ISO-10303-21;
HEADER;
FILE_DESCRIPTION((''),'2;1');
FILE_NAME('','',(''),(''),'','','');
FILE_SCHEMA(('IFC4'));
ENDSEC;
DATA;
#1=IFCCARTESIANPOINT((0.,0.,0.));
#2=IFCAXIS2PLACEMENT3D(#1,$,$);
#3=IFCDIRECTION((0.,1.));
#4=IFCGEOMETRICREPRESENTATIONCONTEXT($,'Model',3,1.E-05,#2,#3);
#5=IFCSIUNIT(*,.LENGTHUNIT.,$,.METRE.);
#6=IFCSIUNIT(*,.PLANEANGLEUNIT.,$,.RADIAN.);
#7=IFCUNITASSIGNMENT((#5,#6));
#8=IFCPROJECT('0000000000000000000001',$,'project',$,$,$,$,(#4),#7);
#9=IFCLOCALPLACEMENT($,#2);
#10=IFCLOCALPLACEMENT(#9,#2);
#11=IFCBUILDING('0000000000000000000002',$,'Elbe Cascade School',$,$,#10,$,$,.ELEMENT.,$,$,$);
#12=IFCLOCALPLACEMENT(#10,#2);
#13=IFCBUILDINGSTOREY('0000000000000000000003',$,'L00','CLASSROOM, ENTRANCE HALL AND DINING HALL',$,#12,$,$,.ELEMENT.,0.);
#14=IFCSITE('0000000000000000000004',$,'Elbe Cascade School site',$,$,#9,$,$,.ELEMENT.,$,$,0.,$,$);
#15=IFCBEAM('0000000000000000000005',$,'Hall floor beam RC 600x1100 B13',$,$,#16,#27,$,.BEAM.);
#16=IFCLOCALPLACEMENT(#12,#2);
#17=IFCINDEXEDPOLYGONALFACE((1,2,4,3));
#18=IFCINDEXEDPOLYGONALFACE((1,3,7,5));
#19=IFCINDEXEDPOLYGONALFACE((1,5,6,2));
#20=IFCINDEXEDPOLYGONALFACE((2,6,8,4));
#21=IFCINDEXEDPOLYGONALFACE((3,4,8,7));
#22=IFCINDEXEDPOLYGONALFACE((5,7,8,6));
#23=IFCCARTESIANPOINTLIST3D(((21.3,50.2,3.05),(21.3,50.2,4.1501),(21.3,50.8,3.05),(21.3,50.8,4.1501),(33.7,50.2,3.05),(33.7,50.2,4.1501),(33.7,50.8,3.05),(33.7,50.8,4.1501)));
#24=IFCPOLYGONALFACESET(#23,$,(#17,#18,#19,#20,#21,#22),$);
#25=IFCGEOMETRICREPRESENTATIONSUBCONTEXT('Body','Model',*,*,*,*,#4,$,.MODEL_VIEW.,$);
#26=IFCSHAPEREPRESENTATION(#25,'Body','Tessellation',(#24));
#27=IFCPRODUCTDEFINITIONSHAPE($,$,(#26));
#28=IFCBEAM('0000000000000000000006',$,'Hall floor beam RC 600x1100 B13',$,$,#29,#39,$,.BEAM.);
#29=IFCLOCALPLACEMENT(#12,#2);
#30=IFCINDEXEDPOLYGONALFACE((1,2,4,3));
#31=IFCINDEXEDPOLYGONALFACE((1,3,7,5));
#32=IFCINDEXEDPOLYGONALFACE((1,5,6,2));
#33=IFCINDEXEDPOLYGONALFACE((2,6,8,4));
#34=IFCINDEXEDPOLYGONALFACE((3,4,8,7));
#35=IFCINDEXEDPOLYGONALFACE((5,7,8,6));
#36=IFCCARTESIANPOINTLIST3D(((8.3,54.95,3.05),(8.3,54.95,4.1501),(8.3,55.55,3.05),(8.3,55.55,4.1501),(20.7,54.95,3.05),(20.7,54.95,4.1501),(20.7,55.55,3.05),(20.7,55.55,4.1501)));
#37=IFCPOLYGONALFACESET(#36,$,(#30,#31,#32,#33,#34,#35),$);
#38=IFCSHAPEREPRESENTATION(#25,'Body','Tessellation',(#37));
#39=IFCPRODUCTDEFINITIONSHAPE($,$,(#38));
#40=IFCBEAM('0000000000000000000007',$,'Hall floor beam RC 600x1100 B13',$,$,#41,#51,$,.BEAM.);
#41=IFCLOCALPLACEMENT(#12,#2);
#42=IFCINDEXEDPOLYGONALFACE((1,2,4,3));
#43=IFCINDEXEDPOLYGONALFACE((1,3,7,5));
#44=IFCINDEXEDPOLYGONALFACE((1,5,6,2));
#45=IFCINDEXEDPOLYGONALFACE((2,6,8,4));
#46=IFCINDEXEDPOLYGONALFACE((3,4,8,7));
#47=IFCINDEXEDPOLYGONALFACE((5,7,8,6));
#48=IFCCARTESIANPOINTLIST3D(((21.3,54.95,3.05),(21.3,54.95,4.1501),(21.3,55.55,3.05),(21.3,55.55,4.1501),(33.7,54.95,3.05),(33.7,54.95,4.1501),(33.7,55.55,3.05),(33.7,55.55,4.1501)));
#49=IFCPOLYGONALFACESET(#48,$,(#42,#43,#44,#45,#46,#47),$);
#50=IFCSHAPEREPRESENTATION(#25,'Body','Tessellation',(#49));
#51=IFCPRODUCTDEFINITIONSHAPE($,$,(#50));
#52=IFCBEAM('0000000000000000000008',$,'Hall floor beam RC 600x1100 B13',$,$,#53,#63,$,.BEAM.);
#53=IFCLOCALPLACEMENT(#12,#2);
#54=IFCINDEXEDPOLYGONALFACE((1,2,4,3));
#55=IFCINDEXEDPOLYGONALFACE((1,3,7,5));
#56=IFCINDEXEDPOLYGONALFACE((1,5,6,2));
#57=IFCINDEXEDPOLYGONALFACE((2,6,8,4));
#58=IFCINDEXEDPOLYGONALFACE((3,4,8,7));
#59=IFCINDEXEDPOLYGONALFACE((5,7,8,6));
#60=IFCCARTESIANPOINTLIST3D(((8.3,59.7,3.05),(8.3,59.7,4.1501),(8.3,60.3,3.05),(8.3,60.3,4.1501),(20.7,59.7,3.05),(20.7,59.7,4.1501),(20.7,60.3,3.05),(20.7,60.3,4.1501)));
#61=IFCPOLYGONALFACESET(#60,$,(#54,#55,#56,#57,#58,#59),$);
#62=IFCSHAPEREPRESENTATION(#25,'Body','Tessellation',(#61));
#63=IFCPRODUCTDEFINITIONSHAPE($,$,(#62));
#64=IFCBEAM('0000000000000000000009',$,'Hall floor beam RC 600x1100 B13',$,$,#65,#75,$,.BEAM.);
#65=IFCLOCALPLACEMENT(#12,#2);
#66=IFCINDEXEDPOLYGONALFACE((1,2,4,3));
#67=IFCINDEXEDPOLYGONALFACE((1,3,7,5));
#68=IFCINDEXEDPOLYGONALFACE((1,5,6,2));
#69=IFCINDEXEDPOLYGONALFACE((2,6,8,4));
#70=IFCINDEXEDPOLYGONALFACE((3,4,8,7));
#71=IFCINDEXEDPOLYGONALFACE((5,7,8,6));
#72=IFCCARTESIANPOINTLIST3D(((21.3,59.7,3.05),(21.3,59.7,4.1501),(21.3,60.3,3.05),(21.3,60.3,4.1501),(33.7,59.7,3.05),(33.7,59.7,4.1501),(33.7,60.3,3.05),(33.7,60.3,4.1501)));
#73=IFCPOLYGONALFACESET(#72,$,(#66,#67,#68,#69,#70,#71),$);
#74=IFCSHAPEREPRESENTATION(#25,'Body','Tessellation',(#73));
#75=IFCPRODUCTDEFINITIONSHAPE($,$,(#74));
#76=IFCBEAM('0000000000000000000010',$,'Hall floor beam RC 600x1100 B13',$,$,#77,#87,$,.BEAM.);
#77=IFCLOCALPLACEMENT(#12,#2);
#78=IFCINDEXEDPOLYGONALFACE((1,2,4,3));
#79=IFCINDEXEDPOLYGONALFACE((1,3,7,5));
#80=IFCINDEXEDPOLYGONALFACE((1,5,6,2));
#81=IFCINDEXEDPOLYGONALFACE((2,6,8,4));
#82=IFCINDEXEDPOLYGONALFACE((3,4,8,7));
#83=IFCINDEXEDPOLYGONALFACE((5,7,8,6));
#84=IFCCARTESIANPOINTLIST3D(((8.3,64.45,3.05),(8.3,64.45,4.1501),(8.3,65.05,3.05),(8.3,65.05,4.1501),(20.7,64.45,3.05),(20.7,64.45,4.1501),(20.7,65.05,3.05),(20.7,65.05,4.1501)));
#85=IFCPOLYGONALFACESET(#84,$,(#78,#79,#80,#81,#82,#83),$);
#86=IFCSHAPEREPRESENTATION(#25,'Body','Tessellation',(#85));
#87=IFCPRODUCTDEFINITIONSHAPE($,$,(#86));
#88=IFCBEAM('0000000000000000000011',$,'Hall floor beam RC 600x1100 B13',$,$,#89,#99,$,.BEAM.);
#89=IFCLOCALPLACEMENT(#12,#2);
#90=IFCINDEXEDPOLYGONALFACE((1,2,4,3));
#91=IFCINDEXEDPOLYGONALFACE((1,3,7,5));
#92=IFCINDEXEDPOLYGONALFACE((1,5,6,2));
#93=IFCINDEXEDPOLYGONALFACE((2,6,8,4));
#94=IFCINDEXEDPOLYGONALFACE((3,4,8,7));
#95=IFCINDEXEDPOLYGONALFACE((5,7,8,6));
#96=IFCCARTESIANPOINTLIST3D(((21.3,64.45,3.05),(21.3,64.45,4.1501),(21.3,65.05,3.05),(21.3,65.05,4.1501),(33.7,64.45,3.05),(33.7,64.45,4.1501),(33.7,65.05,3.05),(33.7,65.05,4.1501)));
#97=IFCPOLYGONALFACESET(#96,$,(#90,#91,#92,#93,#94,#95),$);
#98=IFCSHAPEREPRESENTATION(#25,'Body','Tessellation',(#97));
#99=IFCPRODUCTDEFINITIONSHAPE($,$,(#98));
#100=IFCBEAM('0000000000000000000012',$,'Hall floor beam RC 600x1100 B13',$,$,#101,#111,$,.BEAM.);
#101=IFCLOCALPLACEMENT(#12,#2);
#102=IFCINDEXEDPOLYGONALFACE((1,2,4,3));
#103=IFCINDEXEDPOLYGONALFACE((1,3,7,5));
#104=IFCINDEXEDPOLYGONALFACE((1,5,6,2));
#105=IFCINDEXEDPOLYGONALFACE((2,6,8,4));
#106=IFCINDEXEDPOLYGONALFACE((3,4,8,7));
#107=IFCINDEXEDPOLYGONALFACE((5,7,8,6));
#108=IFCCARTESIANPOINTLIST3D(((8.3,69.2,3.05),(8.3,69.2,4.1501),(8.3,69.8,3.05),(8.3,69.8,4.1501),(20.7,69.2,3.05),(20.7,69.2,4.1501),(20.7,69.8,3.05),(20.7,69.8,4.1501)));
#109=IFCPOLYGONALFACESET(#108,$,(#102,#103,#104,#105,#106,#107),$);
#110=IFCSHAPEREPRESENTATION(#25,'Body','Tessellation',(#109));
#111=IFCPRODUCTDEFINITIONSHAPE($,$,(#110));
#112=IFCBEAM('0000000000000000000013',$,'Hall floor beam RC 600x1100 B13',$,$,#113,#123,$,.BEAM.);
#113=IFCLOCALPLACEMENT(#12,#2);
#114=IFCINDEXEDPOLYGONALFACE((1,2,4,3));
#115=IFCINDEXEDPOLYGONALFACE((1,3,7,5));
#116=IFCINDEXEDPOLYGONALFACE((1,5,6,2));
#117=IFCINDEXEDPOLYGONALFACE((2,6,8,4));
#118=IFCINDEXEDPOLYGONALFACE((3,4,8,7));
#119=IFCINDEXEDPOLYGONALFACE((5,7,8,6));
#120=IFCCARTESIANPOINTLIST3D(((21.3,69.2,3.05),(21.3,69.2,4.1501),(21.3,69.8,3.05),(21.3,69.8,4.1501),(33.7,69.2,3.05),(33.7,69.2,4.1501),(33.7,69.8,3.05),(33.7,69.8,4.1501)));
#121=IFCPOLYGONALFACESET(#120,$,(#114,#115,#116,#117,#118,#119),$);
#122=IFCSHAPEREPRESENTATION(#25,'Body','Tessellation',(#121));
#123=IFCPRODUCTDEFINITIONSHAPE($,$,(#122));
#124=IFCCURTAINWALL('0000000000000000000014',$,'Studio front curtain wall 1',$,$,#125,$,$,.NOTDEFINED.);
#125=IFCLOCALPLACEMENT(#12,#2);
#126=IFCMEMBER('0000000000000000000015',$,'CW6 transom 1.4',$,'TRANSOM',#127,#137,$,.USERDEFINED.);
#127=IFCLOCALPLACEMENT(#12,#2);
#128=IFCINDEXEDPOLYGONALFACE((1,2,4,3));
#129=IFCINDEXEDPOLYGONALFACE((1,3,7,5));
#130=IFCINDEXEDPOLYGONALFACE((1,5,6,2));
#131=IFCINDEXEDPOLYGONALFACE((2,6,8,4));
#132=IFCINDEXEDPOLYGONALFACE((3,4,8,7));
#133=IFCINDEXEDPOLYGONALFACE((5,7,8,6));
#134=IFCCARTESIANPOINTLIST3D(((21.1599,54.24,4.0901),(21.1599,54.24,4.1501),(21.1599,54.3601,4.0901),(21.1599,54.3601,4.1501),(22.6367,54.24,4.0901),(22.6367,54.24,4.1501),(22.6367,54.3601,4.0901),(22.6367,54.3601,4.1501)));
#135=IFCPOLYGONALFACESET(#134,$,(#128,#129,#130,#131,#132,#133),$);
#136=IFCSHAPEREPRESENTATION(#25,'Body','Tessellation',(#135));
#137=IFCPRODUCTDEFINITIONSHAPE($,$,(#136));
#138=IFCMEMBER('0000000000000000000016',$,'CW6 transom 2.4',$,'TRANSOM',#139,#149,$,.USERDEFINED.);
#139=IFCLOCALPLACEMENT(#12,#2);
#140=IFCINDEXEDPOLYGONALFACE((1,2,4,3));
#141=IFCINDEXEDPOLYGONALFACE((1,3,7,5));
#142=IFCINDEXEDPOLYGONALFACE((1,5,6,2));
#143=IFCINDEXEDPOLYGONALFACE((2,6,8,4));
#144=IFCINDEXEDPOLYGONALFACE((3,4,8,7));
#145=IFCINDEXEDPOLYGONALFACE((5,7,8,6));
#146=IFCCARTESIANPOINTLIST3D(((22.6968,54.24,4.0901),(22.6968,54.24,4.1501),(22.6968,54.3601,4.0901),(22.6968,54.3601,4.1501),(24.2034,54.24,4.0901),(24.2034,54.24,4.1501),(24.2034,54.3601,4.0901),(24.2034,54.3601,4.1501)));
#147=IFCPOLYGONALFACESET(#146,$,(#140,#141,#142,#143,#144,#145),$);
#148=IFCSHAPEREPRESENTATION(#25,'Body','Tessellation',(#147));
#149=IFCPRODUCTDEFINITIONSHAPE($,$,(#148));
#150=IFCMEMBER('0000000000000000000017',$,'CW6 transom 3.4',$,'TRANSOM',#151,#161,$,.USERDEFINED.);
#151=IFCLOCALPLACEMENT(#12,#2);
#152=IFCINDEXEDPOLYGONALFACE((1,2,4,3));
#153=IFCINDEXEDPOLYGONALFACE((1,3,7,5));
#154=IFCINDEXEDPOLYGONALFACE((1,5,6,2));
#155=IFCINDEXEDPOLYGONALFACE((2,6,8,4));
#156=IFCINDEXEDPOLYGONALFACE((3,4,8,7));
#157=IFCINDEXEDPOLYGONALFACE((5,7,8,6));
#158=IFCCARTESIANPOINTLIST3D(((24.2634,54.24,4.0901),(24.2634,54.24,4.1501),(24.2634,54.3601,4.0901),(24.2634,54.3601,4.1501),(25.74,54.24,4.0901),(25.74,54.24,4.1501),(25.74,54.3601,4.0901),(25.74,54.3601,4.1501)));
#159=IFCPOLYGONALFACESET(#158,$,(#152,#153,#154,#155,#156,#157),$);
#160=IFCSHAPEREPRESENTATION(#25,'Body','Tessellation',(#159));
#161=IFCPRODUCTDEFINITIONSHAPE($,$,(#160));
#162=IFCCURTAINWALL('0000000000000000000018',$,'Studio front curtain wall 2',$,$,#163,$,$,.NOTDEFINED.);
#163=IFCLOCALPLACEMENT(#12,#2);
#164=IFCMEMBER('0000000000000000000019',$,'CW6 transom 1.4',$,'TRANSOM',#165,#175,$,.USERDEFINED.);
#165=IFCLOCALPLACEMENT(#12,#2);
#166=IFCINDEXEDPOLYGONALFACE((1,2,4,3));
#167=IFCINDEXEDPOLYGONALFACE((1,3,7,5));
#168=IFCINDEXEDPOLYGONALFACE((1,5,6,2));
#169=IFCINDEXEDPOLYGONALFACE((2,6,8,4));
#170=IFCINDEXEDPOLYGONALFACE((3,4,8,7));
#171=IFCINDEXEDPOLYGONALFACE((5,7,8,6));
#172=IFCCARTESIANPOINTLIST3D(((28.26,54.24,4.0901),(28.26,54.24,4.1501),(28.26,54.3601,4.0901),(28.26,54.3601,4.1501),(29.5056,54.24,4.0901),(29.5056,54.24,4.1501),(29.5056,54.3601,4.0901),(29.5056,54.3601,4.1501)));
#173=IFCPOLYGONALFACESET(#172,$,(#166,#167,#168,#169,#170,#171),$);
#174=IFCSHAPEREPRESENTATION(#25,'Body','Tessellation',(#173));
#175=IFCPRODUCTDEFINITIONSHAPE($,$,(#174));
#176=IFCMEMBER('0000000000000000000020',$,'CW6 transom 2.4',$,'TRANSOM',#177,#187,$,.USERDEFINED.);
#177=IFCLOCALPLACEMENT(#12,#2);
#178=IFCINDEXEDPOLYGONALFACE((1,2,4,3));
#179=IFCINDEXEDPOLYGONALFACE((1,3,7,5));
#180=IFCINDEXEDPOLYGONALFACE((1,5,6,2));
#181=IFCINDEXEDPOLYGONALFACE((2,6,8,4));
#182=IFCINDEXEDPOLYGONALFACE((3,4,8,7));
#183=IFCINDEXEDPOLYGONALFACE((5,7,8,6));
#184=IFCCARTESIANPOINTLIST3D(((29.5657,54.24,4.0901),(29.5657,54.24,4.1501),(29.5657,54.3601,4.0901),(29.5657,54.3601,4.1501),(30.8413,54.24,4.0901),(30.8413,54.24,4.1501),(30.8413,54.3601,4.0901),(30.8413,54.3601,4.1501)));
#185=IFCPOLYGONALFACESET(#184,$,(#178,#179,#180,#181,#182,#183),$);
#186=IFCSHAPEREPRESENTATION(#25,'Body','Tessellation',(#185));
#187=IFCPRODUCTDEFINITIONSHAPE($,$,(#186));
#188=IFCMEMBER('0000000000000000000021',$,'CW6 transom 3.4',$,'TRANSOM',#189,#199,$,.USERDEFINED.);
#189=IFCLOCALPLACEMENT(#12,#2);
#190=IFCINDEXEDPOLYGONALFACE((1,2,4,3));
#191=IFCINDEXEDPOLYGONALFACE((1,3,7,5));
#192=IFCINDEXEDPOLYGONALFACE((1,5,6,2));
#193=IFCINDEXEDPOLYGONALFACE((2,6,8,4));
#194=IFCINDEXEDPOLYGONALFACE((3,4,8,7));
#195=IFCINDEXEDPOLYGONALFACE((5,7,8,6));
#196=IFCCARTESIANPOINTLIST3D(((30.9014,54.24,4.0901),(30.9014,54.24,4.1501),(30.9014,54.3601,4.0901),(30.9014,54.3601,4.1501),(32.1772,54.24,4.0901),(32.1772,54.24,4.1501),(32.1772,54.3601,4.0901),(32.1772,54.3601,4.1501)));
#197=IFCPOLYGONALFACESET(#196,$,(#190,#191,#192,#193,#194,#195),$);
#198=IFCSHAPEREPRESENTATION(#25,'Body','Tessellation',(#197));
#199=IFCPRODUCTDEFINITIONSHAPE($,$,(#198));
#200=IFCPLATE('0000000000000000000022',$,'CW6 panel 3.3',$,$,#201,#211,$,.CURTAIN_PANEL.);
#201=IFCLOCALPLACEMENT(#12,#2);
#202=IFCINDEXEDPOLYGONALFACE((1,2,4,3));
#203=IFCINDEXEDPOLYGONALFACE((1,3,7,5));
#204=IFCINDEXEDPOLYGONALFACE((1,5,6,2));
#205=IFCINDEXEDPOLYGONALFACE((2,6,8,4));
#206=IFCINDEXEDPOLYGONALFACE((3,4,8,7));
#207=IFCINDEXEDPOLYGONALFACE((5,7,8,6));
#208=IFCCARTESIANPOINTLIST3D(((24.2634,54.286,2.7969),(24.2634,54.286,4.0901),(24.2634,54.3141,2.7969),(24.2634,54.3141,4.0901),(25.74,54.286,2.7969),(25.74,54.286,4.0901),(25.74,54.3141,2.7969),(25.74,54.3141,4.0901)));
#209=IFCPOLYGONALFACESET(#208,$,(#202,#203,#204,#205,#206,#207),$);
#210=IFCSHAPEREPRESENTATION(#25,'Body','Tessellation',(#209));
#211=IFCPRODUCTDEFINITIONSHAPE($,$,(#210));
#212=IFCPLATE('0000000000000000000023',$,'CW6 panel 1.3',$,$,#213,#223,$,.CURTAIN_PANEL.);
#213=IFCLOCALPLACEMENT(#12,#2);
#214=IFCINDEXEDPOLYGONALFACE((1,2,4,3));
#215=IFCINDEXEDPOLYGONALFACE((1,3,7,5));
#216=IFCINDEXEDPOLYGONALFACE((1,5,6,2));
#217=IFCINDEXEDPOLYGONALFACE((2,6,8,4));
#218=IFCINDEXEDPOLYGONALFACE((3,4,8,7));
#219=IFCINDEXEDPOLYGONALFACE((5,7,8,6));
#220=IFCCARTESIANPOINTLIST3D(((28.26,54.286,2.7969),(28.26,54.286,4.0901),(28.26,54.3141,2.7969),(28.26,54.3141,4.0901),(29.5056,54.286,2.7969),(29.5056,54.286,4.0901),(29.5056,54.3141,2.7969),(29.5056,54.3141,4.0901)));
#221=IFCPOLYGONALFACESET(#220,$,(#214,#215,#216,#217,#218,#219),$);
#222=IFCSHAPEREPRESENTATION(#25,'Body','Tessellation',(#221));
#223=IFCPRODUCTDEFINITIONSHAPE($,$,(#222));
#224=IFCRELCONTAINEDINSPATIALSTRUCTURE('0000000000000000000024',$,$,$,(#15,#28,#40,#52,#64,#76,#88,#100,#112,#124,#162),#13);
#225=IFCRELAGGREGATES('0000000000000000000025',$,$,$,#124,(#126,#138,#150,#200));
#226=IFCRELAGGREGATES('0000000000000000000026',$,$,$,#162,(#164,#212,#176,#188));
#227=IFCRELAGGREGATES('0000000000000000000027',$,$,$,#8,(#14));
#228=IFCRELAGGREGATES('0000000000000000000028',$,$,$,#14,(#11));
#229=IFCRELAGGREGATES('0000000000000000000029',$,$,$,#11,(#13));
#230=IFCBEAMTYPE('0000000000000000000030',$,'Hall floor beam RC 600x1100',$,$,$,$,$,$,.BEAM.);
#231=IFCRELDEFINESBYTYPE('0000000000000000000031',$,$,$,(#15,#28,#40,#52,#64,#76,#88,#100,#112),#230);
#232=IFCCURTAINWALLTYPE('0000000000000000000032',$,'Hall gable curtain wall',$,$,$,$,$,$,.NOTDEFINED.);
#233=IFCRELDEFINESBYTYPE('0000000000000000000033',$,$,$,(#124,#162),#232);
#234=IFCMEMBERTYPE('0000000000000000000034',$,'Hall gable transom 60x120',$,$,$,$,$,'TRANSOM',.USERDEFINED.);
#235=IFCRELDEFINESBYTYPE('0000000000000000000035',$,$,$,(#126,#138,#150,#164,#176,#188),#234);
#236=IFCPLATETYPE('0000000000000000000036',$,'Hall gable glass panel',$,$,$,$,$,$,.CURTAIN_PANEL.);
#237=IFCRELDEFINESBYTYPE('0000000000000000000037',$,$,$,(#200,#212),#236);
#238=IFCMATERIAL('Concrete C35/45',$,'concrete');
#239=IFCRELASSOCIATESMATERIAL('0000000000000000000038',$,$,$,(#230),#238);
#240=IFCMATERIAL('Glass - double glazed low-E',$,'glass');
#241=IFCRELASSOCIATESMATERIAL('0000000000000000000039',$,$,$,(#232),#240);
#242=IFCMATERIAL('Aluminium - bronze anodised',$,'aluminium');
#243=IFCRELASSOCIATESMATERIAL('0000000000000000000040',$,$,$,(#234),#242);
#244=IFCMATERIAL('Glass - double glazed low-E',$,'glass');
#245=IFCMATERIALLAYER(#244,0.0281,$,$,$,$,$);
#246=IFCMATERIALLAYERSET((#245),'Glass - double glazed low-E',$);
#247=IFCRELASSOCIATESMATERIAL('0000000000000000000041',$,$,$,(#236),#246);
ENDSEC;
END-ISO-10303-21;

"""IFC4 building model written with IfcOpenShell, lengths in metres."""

from ifc_helpers import new_model, si_unit, direction, frame, origin, origin_2d, place, context, subcontext, project, spatial, rectangle, extrude, material, layer, layer_set, material_profile, profile_set, type_object, element, aggregate, save


model = new_model("IFC4")

# Units and contexts
model_context = context("Model", 3, precision=1e-05, world=origin(), true_north=direction((0.0, 1.0)))
body_context = subcontext(model_context, "Body", "Model", "MODEL_VIEW")
ifc_project = project(units=[si_unit("LENGTHUNIT", "METRE"), si_unit("PLANEANGLEUNIT", "RADIAN")], contexts=[model_context])

# Site, building, storey
site_placement = place(None, origin())
site = spatial("IfcSite", under=ifc_project, at=site_placement, Name="Elbe Cascade School site", CompositionType="ELEMENT", RefElevation=0.0)
building_placement = place(site_placement, origin())
building = spatial("IfcBuilding", under=site, at=building_placement, Name="Elbe Cascade School", CompositionType="ELEMENT")
storey_placement = place(building_placement, origin())
storey = spatial("IfcBuildingStorey", under=building, at=storey_placement, Name="L00", Description="CLASSROOM, ENTRANCE HALL AND DINING HALL", CompositionType="ELEMENT", Elevation=0.0)

# Beams
ifc_material_1 = material(Name="Concrete C35/45", Category="concrete")
ifc_material_profile_1 = material_profile(ifc_material_1, rectangle(XDim=0.6001, YDim=1.1001, at=origin_2d()), Name="RC 600x1100")
ifc_profile_set_1 = profile_set([ifc_material_profile_1], Name="Concrete C35/45")
beam_type = type_object("IfcBeamType", Name="Hall floor beam RC 600x1100", PredefinedType="BEAM", material=ifc_profile_set_1)
for number, where, z_axis, x_axis, name in (
    (1, (21.3, 50.5, 3.6001), (1.0, 0.0, 0.0), (0.0, 1.0, 0.0), "Hall floor beam RC 600x1100 B13"),
    (2, (8.3, 55.25, 3.6001), (1.0, 0.0, 0.0), (0.0, 1.0, 0.0), "Hall floor beam RC 600x1100 B13"),
    (3, (21.3, 55.25, 3.6001), (1.0, 0.0, 0.0), (0.0, 1.0, 0.0), "Hall floor beam RC 600x1100 B13"),
    (4, (8.3, 60.0, 3.6001), (1.0, 0.0, 0.0), (0.0, 1.0, 0.0), "Hall floor beam RC 600x1100 B13"),
    (5, (21.3, 60.0, 3.6001), (1.0, 0.0, 0.0), (0.0, 1.0, 0.0), "Hall floor beam RC 600x1100 B13"),
    (6, (8.3, 64.75, 3.6001), (1.0, 0.0, 0.0), (0.0, 1.0, 0.0), "Hall floor beam RC 600x1100 B13"),
    (7, (21.3, 64.75, 3.6001), (1.0, 0.0, 0.0), (0.0, 1.0, 0.0), "Hall floor beam RC 600x1100 B13"),
    (8, (8.3, 69.5, 3.6001), (1.0, 0.0, 0.0), (0.0, 1.0, 0.0), "Hall floor beam RC 600x1100 B13"),
    (9, (21.3, 69.5, 3.6001), (1.0, 0.0, 0.0), (0.0, 1.0, 0.0), "Hall floor beam RC 600x1100 B13"),
):
    element("IfcBeam", number, at=place(storey_placement, frame(where, z_axis=z_axis, x_axis=x_axis)), inside=storey, type_object=beam_type, Name=name, PredefinedType="BEAM", context=body_context, shape_type="SweptSolid", body=[
        extrude(rectangle(XDim=0.6001, YDim=1.1001, at=origin_2d()), origin(), (0.0, 0.0, 1.0), 12.3999),
    ])

# Curtain walls, members
ifc_material_2 = material(Name="Glass - double glazed low-E", Category="glass")
curtain_wall_type = type_object("IfcCurtainWallType", Name="Hall gable curtain wall", PredefinedType="NOTDEFINED", material=ifc_material_2)
curtain_wall_1_placement = place(storey_placement, origin())
curtain_wall_1 = element("IfcCurtainWall", 10, at=curtain_wall_1_placement, inside=storey, type_object=curtain_wall_type, Name="Studio front curtain wall 1", PredefinedType="NOTDEFINED")
ifc_material_3 = material(Name="Aluminium - bronze anodised", Category="aluminium")
ifc_material_profile_2 = material_profile(ifc_material_3, rectangle(XDim=0.1201, YDim=0.0601, at=origin_2d()), Name="Alu 60x120")
ifc_profile_set_2 = profile_set([ifc_material_profile_2], Name="Aluminium - bronze anodised")
member_type = type_object("IfcMemberType", Name="Hall gable transom 60x120", ElementType="TRANSOM", PredefinedType="USERDEFINED", material=ifc_profile_set_2)
member_1_placement = place(storey_placement, frame((21.1599, 54.3, 4.1201), z_axis=(1.0, 0.0, 0.0), x_axis=(0.0, 1.0, 0.0)))
member_1 = element("IfcMember", 11, at=member_1_placement, type_object=member_type, Name="CW6 transom 1.4", ObjectType="TRANSOM", PredefinedType="USERDEFINED", context=body_context, shape_type="SweptSolid", body=[
    extrude(rectangle(XDim=0.1201, YDim=0.0601, at=origin_2d()), origin(), (0.0, 0.0, 1.0), 1.4768),
])
member_2_placement = place(storey_placement, frame((22.6968, 54.3, 4.1201), z_axis=(1.0, 0.0, 0.0), x_axis=(0.0, 1.0, 0.0)))
member_2 = element("IfcMember", 12, at=member_2_placement, type_object=member_type, Name="CW6 transom 2.4", ObjectType="TRANSOM", PredefinedType="USERDEFINED", context=body_context, shape_type="SweptSolid", body=[
    extrude(rectangle(XDim=0.1201, YDim=0.0601, at=origin_2d()), origin(), (0.0, 0.0, 1.0), 1.5066),
])
member_3_placement = place(storey_placement, frame((24.2634, 54.3, 4.1201), z_axis=(1.0, 0.0, 0.0), x_axis=(0.0, 1.0, 0.0)))
member_3 = element("IfcMember", 13, at=member_3_placement, type_object=member_type, Name="CW6 transom 3.4", ObjectType="TRANSOM", PredefinedType="USERDEFINED", context=body_context, shape_type="SweptSolid", body=[
    extrude(rectangle(XDim=0.1201, YDim=0.0601, at=origin_2d()), origin(), (0.0, 0.0, 1.0), 1.4766),
])
curtain_wall_2_placement = place(storey_placement, origin())
curtain_wall_2 = element("IfcCurtainWall", 14, at=curtain_wall_2_placement, inside=storey, type_object=curtain_wall_type, Name="Studio front curtain wall 2", PredefinedType="NOTDEFINED")
member_4_placement = place(storey_placement, frame((28.26, 54.3, 4.1201), z_axis=(1.0, 0.0, 0.0), x_axis=(0.0, 1.0, 0.0)))
member_4 = element("IfcMember", 15, at=member_4_placement, type_object=member_type, Name="CW6 transom 1.4", ObjectType="TRANSOM", PredefinedType="USERDEFINED", context=body_context, shape_type="SweptSolid", body=[
    extrude(rectangle(XDim=0.1201, YDim=0.0601, at=origin_2d()), origin(), (0.0, 0.0, 1.0), 1.2456),
])
member_5_placement = place(storey_placement, frame((29.5657, 54.3, 4.1201), z_axis=(1.0, 0.0, 0.0), x_axis=(0.0, 1.0, 0.0)))
member_5 = element("IfcMember", 16, at=member_5_placement, type_object=member_type, Name="CW6 transom 2.4", ObjectType="TRANSOM", PredefinedType="USERDEFINED", context=body_context, shape_type="SweptSolid", body=[
    extrude(rectangle(XDim=0.1201, YDim=0.0601, at=origin_2d()), origin(), (0.0, 0.0, 1.0), 1.2756),
])
member_6_placement = place(storey_placement, frame((30.9014, 54.3, 4.1201), z_axis=(1.0, 0.0, 0.0), x_axis=(0.0, 1.0, 0.0)))
member_6 = element("IfcMember", 17, at=member_6_placement, type_object=member_type, Name="CW6 transom 3.4", ObjectType="TRANSOM", PredefinedType="USERDEFINED", context=body_context, shape_type="SweptSolid", body=[
    extrude(rectangle(XDim=0.1201, YDim=0.0601, at=origin_2d()), origin(), (0.0, 0.0, 1.0), 1.2759),
])

# Plates
ifc_material_4 = material(Name="Glass - double glazed low-E", Category="glass")
ifc_layer_1 = layer(ifc_material_4, 0.0281)
ifc_layer_set_1 = layer_set([ifc_layer_1], Name="Glass - double glazed low-E")
plate_type = type_object("IfcPlateType", Name="Hall gable glass panel", PredefinedType="CURTAIN_PANEL", material=ifc_layer_set_1)
plate_1_placement = place(storey_placement, frame((25.0017, 54.3, 2.7969), z_axis=(0.0, 0.0, 1.0), x_axis=(1.0, 0.0, 0.0)))
plate_1 = element("IfcPlate", 18, at=plate_1_placement, type_object=plate_type, Name="CW6 panel 3.3", PredefinedType="CURTAIN_PANEL", context=body_context, shape_type="SweptSolid", body=[
    extrude(rectangle(XDim=1.4766, YDim=0.0281, at=origin_2d()), origin(), (0.0, 0.0, 1.0), 1.2932),
])
aggregate(curtain_wall_1, [member_1, member_2, member_3, plate_1])
plate_2_placement = place(storey_placement, frame((28.8828, 54.3, 2.7969), z_axis=(0.0, 0.0, 1.0), x_axis=(1.0, 0.0, 0.0)))
plate_2 = element("IfcPlate", 19, at=plate_2_placement, type_object=plate_type, Name="CW6 panel 1.3", PredefinedType="CURTAIN_PANEL", context=body_context, shape_type="SweptSolid", body=[
    extrude(rectangle(XDim=1.2456, YDim=0.0281, at=origin_2d()), origin(), (0.0, 0.0, 1.0), 1.2932),
])
aggregate(curtain_wall_2, [member_4, plate_2, member_5, member_6])

save(model, "model.ifc")
